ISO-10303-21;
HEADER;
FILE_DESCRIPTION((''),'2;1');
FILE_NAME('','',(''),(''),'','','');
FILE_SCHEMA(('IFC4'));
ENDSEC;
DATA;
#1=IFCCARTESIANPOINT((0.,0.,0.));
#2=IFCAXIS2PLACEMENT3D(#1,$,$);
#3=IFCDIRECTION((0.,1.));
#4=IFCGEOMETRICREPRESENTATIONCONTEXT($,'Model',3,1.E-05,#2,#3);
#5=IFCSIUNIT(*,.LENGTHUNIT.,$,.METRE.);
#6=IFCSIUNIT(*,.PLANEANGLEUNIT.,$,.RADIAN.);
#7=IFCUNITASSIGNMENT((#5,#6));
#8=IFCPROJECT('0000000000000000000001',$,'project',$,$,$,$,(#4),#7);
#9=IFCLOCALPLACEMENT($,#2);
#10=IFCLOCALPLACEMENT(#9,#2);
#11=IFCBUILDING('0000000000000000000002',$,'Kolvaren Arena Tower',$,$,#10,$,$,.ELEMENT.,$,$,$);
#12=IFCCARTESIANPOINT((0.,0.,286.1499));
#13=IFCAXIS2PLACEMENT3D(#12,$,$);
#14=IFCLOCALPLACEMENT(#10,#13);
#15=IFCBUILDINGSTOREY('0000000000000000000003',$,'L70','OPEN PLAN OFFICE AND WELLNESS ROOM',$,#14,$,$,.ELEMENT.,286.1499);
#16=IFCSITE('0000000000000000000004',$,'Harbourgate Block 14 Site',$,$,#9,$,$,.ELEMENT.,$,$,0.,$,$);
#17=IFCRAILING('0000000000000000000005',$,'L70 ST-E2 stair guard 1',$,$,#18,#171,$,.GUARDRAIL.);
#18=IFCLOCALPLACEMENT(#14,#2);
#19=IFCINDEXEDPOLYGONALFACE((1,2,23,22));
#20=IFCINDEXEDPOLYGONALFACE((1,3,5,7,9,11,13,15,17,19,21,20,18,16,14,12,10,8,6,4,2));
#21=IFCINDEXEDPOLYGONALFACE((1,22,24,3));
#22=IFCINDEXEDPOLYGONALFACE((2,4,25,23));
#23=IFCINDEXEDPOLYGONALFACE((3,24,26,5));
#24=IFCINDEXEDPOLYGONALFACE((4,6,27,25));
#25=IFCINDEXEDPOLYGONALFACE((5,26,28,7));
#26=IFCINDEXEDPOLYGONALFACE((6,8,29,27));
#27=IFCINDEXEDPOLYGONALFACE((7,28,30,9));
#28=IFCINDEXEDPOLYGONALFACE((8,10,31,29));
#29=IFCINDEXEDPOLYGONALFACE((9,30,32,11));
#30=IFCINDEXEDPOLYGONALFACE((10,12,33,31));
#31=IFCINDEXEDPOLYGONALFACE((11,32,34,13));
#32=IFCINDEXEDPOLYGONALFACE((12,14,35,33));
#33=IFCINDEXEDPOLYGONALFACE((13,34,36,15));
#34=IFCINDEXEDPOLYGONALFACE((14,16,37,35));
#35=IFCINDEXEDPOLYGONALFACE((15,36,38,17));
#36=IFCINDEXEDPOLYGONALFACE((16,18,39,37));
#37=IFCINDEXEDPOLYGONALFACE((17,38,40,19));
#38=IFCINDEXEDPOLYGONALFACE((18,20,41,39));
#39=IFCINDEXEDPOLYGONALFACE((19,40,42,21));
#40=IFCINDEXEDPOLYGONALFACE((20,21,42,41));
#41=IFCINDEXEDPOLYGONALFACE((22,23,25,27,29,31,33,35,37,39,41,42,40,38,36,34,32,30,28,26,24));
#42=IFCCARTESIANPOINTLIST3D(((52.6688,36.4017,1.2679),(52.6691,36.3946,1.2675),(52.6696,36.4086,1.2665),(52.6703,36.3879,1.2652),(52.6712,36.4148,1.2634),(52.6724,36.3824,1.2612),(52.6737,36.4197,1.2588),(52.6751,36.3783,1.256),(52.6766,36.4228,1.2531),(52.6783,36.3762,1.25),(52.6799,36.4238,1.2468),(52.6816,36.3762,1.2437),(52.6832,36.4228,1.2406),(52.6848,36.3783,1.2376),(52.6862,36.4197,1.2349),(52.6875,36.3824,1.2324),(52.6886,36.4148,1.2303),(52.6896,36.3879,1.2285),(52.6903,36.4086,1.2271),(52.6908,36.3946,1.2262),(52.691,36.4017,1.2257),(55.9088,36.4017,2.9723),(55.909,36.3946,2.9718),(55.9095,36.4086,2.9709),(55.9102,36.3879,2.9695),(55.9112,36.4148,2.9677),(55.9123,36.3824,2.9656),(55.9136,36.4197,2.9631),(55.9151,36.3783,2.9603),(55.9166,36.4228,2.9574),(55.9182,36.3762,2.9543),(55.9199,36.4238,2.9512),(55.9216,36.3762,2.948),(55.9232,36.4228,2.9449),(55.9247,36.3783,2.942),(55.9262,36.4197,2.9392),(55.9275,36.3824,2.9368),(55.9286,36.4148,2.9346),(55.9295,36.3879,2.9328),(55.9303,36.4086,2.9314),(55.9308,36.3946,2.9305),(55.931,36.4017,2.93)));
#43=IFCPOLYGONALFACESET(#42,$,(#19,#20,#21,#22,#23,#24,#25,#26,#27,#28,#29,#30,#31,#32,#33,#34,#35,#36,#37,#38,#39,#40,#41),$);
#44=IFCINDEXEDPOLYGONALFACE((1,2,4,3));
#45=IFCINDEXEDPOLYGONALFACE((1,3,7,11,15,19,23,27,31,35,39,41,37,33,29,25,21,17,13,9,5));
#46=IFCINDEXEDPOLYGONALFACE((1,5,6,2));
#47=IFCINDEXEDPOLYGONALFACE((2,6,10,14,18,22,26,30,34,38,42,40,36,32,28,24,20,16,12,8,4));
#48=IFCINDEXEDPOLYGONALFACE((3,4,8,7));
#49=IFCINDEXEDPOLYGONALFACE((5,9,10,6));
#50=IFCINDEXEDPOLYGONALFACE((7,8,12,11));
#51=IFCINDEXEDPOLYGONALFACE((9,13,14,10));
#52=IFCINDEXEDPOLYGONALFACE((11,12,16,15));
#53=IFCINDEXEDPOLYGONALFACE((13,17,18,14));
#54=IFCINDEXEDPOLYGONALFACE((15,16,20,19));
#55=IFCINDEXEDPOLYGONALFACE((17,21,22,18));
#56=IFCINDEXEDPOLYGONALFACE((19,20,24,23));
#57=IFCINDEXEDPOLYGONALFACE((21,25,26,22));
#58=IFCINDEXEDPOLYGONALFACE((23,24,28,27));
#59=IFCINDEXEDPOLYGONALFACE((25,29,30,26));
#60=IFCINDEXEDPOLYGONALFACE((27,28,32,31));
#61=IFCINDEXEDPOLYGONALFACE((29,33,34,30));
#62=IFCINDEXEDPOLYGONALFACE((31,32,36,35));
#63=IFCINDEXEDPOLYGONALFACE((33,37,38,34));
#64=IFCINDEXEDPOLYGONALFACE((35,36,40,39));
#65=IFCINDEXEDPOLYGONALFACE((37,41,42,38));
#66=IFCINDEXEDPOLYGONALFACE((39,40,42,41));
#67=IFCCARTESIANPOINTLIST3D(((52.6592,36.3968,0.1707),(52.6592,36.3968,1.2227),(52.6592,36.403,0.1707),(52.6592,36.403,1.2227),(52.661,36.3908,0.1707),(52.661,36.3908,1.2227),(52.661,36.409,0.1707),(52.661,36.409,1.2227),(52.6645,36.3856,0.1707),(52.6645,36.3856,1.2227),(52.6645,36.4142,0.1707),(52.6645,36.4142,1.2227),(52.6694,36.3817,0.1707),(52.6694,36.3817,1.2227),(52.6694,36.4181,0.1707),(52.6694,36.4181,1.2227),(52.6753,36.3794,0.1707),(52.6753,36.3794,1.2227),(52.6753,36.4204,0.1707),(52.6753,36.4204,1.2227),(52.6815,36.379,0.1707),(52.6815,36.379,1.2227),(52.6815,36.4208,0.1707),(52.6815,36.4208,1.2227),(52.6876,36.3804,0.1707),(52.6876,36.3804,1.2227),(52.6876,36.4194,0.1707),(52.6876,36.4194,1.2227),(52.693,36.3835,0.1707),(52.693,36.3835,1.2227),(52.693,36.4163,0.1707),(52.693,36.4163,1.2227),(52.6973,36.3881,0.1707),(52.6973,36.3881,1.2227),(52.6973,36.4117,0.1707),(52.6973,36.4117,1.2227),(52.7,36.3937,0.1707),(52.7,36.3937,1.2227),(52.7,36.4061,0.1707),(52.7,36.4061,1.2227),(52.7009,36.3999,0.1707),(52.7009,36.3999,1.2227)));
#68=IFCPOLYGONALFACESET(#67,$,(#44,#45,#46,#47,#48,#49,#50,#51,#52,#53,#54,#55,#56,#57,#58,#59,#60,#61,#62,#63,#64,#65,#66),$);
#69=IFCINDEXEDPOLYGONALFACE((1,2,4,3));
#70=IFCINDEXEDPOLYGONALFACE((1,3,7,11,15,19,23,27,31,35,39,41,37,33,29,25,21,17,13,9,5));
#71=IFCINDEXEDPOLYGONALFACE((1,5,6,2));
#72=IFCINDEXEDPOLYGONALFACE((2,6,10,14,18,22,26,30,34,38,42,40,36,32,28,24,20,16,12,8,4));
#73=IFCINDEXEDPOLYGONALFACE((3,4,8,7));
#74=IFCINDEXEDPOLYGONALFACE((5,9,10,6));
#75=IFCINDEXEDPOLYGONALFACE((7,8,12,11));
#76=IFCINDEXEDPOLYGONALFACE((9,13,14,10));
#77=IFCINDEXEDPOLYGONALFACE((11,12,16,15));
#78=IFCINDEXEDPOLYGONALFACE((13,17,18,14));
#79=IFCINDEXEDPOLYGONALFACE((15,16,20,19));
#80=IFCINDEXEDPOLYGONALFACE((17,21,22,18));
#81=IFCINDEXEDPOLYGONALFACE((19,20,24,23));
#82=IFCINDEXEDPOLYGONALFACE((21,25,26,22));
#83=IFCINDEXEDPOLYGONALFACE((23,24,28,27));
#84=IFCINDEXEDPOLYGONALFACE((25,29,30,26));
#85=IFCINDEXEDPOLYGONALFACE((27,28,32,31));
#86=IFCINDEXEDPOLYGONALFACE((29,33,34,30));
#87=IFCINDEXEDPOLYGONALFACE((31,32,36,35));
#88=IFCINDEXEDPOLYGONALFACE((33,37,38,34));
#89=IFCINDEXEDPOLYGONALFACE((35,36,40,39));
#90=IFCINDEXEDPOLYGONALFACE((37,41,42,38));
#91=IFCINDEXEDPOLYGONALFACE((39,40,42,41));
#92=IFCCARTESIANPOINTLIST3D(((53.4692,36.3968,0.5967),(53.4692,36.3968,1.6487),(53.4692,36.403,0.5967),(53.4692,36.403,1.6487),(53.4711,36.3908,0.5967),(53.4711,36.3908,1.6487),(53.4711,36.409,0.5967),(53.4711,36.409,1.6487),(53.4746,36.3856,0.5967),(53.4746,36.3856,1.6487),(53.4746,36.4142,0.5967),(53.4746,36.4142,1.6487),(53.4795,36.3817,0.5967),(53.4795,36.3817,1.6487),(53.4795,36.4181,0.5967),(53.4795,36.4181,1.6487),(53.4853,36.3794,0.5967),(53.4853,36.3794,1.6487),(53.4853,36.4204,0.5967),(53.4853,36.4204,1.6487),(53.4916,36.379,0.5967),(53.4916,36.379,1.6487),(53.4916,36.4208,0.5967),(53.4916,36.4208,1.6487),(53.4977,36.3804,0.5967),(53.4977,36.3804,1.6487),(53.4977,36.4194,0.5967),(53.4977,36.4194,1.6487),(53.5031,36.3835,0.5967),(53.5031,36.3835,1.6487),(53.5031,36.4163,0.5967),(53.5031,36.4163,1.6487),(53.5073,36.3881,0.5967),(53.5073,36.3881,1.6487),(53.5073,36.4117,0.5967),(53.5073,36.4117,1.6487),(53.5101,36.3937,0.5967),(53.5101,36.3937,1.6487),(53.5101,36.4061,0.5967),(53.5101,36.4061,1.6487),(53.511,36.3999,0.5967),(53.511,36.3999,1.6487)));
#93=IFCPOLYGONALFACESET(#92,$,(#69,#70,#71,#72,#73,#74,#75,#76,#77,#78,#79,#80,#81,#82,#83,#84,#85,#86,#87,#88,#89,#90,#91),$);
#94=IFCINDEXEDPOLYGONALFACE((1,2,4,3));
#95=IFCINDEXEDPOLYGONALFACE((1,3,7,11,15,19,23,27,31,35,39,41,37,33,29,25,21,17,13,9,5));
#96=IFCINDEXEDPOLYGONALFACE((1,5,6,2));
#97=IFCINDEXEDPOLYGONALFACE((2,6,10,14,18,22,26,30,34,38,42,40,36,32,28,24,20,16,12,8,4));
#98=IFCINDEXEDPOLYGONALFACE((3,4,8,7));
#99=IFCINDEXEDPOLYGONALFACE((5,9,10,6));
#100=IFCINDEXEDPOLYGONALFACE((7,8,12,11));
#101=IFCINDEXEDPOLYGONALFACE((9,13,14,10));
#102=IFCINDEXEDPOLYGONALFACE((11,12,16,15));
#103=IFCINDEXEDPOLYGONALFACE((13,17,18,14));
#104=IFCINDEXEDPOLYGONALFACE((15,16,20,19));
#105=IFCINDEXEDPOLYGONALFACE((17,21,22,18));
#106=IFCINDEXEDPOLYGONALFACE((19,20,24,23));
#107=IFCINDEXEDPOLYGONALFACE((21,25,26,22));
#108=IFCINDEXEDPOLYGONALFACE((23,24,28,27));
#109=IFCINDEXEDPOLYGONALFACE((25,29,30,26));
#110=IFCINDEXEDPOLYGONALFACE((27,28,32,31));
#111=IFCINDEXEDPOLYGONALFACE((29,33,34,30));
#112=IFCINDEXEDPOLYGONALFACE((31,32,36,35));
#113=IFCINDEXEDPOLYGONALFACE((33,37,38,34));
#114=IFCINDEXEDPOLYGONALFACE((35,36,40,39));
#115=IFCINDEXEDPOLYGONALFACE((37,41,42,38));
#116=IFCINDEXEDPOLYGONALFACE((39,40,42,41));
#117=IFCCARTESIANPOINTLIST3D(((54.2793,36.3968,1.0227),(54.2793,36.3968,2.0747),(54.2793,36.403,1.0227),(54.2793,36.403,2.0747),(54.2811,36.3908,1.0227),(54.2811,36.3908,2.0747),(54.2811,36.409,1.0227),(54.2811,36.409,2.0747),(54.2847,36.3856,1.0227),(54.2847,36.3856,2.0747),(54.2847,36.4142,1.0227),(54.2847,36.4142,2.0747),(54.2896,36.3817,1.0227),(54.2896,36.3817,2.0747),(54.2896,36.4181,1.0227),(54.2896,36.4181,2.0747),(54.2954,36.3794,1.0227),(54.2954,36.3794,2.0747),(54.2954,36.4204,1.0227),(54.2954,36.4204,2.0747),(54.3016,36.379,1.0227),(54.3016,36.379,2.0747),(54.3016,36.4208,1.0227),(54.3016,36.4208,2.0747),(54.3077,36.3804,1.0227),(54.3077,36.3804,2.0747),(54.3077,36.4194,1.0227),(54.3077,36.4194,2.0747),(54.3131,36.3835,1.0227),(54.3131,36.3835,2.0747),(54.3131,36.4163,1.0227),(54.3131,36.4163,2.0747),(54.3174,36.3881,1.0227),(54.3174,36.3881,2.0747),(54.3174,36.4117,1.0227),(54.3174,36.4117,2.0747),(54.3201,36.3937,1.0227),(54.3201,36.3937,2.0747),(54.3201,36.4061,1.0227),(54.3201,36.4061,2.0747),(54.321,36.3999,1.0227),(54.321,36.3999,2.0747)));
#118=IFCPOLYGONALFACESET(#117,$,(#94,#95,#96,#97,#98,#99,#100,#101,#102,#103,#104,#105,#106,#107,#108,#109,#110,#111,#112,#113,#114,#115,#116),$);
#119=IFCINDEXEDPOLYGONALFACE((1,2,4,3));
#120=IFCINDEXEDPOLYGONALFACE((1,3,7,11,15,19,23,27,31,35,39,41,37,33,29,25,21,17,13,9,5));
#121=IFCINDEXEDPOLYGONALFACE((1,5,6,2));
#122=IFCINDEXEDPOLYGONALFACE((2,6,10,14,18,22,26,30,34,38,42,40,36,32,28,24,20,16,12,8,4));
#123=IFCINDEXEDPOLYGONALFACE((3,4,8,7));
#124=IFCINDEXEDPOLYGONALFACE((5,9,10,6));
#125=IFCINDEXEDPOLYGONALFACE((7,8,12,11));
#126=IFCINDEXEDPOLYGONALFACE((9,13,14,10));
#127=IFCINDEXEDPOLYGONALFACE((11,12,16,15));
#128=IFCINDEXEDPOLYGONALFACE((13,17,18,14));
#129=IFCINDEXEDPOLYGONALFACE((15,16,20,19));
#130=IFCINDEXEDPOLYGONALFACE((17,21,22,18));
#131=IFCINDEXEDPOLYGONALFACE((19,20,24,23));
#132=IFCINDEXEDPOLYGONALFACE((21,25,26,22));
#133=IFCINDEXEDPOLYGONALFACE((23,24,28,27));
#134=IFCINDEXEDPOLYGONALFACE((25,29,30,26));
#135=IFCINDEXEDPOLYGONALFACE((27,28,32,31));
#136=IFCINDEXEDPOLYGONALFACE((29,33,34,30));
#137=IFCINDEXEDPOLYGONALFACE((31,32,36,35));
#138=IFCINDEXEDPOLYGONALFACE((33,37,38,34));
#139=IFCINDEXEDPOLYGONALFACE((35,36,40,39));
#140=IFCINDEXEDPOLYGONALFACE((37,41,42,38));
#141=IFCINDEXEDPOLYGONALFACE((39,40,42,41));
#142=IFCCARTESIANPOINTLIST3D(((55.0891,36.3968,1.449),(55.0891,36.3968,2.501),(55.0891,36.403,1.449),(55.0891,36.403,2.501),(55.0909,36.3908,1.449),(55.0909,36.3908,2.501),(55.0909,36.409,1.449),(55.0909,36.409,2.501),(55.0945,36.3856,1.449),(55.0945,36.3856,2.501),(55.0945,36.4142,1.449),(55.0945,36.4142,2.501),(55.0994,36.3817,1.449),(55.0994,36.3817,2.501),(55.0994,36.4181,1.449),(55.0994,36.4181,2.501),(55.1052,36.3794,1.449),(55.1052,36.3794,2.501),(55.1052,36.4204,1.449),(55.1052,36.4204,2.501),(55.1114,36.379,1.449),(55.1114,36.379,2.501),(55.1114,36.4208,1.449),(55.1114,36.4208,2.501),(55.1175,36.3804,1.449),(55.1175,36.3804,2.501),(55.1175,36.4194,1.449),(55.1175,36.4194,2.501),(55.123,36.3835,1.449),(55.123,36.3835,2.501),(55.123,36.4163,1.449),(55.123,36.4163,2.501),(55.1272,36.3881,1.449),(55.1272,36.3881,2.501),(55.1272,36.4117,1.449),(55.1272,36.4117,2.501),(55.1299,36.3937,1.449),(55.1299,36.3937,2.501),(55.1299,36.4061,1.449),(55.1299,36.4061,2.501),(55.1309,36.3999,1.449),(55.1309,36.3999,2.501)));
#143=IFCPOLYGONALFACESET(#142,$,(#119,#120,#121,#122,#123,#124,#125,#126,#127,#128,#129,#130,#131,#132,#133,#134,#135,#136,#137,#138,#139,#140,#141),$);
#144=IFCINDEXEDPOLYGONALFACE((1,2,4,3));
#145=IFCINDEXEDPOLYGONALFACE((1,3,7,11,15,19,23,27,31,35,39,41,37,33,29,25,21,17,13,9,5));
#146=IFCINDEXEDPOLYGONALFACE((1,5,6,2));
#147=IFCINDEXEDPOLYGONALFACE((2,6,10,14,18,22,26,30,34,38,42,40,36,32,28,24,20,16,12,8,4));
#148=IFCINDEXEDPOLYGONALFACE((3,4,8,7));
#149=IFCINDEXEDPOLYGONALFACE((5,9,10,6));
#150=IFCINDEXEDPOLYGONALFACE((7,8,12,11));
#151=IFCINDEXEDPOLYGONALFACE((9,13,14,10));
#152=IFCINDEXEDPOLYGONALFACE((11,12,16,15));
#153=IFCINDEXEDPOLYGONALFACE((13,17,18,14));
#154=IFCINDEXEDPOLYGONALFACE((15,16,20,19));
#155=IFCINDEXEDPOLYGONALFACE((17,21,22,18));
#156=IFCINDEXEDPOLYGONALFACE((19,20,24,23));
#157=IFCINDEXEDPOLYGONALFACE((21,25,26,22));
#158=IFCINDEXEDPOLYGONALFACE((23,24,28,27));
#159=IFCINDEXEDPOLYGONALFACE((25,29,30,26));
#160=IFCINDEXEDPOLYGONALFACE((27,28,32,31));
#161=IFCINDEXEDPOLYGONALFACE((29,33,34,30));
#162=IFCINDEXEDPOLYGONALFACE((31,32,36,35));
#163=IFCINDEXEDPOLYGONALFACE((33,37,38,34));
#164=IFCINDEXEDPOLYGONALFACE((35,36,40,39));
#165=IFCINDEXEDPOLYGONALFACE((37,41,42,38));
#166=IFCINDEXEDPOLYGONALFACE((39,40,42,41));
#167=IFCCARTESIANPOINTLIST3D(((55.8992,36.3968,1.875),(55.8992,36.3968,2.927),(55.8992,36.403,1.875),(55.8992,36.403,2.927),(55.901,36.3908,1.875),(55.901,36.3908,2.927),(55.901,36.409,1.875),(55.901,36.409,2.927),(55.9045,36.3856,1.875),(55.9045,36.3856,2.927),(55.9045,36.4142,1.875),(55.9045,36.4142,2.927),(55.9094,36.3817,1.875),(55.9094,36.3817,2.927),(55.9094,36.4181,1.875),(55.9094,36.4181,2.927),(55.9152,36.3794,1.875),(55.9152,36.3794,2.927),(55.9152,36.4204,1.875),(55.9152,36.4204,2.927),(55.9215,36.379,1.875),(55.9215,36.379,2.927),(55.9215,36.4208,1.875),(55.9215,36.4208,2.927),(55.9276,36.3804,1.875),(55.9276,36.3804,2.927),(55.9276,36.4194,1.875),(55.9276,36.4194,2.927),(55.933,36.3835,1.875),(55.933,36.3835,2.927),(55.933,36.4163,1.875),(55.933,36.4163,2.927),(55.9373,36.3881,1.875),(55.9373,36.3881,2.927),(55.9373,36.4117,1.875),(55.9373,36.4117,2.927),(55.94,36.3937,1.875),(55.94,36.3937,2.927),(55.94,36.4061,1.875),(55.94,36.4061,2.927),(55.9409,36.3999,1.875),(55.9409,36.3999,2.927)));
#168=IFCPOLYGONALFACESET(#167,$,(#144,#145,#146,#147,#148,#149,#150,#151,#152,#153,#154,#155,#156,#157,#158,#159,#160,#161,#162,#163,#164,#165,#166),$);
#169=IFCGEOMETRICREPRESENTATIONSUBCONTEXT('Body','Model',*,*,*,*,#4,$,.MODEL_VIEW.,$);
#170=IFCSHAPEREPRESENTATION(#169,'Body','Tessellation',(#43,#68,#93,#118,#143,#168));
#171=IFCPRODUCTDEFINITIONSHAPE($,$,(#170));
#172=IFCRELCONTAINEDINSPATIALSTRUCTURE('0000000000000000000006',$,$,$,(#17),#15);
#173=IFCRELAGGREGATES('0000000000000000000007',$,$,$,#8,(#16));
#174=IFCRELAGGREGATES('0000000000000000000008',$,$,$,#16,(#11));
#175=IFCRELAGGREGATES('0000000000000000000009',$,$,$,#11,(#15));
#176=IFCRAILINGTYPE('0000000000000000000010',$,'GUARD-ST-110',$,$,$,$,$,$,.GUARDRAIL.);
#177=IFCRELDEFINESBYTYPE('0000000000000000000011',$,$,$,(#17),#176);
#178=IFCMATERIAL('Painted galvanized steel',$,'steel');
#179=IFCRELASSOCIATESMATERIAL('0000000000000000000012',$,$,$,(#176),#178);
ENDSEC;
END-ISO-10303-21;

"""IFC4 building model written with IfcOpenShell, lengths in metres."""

from ifc_helpers import new_model, si_unit, direction, frame, origin, origin_2d, place, context, subcontext, project, spatial, circle, extrude, material, type_object, element, save


model = new_model("IFC4")

# Units and contexts
model_context = context("Model", 3, precision=1e-05, world=origin(), true_north=direction((0.0, 1.0)))
body_context = subcontext(model_context, "Body", "Model", "MODEL_VIEW")
ifc_project = project(units=[si_unit("LENGTHUNIT", "METRE"), si_unit("PLANEANGLEUNIT", "RADIAN")], contexts=[model_context])

# Site, building, storey
site_placement = place(None, origin())
site = spatial("IfcSite", under=ifc_project, at=site_placement, Name="Harbourgate Block 14 Site", CompositionType="ELEMENT", RefElevation=0.0)
building_placement = place(site_placement, origin())
building = spatial("IfcBuilding", under=site, at=building_placement, Name="Kolvaren Arena Tower", CompositionType="ELEMENT")
storey_placement = place(building_placement, frame((0.0, 0.0, 286.1499)))
storey = spatial("IfcBuildingStorey", under=building, at=storey_placement, Name="L70", Description="OPEN PLAN OFFICE AND WELLNESS ROOM", CompositionType="ELEMENT", Elevation=286.1499)

# Railing
ifc_material_1 = material(Name="Painted galvanized steel", Category="steel")
railing_type_1 = type_object("IfcRailingType", Name="GUARD-ST-110", PredefinedType="GUARDRAIL", material=ifc_material_1)
railing_1_placement = place(storey_placement, frame((52.6799, 36.3999, 0.1707)))
element("IfcRailing", 1, at=railing_1_placement, inside=storey, type_object=railing_type_1, Name="L70 ST-E2 stair guard 1", PredefinedType="GUARDRAIL", context=body_context, shape_type="SweptSolid", body=[
    extrude(circle(Radius=0.0239, at=origin_2d()), frame((0.0, 0.0, 1.0762), z_axis=(0.885021, 0.0, 0.465551), x_axis=(0.0, 1.0, 0.0)), (0.0, 0.0, 1.0), 3.6609),
    extrude(circle(Radius=0.021, at=origin_2d()), origin(), (0.0, 0.0, 1.0), 1.052),
    extrude(circle(Radius=0.021, at=origin_2d()), frame((0.8101, 0.0, 0.426)), (0.0, 0.0, 1.0), 1.052),
    extrude(circle(Radius=0.021, at=origin_2d()), frame((1.6201, 0.0, 0.8521)), (0.0, 0.0, 1.0), 1.052),
    extrude(circle(Radius=0.021, at=origin_2d()), frame((2.4299, 0.0, 1.2783)), (0.0, 0.0, 1.0), 1.052),
    extrude(circle(Radius=0.021, at=origin_2d()), frame((3.24, 0.0, 1.7043)), (0.0, 0.0, 1.0), 1.052),
])

save(model, "model.ifc")
